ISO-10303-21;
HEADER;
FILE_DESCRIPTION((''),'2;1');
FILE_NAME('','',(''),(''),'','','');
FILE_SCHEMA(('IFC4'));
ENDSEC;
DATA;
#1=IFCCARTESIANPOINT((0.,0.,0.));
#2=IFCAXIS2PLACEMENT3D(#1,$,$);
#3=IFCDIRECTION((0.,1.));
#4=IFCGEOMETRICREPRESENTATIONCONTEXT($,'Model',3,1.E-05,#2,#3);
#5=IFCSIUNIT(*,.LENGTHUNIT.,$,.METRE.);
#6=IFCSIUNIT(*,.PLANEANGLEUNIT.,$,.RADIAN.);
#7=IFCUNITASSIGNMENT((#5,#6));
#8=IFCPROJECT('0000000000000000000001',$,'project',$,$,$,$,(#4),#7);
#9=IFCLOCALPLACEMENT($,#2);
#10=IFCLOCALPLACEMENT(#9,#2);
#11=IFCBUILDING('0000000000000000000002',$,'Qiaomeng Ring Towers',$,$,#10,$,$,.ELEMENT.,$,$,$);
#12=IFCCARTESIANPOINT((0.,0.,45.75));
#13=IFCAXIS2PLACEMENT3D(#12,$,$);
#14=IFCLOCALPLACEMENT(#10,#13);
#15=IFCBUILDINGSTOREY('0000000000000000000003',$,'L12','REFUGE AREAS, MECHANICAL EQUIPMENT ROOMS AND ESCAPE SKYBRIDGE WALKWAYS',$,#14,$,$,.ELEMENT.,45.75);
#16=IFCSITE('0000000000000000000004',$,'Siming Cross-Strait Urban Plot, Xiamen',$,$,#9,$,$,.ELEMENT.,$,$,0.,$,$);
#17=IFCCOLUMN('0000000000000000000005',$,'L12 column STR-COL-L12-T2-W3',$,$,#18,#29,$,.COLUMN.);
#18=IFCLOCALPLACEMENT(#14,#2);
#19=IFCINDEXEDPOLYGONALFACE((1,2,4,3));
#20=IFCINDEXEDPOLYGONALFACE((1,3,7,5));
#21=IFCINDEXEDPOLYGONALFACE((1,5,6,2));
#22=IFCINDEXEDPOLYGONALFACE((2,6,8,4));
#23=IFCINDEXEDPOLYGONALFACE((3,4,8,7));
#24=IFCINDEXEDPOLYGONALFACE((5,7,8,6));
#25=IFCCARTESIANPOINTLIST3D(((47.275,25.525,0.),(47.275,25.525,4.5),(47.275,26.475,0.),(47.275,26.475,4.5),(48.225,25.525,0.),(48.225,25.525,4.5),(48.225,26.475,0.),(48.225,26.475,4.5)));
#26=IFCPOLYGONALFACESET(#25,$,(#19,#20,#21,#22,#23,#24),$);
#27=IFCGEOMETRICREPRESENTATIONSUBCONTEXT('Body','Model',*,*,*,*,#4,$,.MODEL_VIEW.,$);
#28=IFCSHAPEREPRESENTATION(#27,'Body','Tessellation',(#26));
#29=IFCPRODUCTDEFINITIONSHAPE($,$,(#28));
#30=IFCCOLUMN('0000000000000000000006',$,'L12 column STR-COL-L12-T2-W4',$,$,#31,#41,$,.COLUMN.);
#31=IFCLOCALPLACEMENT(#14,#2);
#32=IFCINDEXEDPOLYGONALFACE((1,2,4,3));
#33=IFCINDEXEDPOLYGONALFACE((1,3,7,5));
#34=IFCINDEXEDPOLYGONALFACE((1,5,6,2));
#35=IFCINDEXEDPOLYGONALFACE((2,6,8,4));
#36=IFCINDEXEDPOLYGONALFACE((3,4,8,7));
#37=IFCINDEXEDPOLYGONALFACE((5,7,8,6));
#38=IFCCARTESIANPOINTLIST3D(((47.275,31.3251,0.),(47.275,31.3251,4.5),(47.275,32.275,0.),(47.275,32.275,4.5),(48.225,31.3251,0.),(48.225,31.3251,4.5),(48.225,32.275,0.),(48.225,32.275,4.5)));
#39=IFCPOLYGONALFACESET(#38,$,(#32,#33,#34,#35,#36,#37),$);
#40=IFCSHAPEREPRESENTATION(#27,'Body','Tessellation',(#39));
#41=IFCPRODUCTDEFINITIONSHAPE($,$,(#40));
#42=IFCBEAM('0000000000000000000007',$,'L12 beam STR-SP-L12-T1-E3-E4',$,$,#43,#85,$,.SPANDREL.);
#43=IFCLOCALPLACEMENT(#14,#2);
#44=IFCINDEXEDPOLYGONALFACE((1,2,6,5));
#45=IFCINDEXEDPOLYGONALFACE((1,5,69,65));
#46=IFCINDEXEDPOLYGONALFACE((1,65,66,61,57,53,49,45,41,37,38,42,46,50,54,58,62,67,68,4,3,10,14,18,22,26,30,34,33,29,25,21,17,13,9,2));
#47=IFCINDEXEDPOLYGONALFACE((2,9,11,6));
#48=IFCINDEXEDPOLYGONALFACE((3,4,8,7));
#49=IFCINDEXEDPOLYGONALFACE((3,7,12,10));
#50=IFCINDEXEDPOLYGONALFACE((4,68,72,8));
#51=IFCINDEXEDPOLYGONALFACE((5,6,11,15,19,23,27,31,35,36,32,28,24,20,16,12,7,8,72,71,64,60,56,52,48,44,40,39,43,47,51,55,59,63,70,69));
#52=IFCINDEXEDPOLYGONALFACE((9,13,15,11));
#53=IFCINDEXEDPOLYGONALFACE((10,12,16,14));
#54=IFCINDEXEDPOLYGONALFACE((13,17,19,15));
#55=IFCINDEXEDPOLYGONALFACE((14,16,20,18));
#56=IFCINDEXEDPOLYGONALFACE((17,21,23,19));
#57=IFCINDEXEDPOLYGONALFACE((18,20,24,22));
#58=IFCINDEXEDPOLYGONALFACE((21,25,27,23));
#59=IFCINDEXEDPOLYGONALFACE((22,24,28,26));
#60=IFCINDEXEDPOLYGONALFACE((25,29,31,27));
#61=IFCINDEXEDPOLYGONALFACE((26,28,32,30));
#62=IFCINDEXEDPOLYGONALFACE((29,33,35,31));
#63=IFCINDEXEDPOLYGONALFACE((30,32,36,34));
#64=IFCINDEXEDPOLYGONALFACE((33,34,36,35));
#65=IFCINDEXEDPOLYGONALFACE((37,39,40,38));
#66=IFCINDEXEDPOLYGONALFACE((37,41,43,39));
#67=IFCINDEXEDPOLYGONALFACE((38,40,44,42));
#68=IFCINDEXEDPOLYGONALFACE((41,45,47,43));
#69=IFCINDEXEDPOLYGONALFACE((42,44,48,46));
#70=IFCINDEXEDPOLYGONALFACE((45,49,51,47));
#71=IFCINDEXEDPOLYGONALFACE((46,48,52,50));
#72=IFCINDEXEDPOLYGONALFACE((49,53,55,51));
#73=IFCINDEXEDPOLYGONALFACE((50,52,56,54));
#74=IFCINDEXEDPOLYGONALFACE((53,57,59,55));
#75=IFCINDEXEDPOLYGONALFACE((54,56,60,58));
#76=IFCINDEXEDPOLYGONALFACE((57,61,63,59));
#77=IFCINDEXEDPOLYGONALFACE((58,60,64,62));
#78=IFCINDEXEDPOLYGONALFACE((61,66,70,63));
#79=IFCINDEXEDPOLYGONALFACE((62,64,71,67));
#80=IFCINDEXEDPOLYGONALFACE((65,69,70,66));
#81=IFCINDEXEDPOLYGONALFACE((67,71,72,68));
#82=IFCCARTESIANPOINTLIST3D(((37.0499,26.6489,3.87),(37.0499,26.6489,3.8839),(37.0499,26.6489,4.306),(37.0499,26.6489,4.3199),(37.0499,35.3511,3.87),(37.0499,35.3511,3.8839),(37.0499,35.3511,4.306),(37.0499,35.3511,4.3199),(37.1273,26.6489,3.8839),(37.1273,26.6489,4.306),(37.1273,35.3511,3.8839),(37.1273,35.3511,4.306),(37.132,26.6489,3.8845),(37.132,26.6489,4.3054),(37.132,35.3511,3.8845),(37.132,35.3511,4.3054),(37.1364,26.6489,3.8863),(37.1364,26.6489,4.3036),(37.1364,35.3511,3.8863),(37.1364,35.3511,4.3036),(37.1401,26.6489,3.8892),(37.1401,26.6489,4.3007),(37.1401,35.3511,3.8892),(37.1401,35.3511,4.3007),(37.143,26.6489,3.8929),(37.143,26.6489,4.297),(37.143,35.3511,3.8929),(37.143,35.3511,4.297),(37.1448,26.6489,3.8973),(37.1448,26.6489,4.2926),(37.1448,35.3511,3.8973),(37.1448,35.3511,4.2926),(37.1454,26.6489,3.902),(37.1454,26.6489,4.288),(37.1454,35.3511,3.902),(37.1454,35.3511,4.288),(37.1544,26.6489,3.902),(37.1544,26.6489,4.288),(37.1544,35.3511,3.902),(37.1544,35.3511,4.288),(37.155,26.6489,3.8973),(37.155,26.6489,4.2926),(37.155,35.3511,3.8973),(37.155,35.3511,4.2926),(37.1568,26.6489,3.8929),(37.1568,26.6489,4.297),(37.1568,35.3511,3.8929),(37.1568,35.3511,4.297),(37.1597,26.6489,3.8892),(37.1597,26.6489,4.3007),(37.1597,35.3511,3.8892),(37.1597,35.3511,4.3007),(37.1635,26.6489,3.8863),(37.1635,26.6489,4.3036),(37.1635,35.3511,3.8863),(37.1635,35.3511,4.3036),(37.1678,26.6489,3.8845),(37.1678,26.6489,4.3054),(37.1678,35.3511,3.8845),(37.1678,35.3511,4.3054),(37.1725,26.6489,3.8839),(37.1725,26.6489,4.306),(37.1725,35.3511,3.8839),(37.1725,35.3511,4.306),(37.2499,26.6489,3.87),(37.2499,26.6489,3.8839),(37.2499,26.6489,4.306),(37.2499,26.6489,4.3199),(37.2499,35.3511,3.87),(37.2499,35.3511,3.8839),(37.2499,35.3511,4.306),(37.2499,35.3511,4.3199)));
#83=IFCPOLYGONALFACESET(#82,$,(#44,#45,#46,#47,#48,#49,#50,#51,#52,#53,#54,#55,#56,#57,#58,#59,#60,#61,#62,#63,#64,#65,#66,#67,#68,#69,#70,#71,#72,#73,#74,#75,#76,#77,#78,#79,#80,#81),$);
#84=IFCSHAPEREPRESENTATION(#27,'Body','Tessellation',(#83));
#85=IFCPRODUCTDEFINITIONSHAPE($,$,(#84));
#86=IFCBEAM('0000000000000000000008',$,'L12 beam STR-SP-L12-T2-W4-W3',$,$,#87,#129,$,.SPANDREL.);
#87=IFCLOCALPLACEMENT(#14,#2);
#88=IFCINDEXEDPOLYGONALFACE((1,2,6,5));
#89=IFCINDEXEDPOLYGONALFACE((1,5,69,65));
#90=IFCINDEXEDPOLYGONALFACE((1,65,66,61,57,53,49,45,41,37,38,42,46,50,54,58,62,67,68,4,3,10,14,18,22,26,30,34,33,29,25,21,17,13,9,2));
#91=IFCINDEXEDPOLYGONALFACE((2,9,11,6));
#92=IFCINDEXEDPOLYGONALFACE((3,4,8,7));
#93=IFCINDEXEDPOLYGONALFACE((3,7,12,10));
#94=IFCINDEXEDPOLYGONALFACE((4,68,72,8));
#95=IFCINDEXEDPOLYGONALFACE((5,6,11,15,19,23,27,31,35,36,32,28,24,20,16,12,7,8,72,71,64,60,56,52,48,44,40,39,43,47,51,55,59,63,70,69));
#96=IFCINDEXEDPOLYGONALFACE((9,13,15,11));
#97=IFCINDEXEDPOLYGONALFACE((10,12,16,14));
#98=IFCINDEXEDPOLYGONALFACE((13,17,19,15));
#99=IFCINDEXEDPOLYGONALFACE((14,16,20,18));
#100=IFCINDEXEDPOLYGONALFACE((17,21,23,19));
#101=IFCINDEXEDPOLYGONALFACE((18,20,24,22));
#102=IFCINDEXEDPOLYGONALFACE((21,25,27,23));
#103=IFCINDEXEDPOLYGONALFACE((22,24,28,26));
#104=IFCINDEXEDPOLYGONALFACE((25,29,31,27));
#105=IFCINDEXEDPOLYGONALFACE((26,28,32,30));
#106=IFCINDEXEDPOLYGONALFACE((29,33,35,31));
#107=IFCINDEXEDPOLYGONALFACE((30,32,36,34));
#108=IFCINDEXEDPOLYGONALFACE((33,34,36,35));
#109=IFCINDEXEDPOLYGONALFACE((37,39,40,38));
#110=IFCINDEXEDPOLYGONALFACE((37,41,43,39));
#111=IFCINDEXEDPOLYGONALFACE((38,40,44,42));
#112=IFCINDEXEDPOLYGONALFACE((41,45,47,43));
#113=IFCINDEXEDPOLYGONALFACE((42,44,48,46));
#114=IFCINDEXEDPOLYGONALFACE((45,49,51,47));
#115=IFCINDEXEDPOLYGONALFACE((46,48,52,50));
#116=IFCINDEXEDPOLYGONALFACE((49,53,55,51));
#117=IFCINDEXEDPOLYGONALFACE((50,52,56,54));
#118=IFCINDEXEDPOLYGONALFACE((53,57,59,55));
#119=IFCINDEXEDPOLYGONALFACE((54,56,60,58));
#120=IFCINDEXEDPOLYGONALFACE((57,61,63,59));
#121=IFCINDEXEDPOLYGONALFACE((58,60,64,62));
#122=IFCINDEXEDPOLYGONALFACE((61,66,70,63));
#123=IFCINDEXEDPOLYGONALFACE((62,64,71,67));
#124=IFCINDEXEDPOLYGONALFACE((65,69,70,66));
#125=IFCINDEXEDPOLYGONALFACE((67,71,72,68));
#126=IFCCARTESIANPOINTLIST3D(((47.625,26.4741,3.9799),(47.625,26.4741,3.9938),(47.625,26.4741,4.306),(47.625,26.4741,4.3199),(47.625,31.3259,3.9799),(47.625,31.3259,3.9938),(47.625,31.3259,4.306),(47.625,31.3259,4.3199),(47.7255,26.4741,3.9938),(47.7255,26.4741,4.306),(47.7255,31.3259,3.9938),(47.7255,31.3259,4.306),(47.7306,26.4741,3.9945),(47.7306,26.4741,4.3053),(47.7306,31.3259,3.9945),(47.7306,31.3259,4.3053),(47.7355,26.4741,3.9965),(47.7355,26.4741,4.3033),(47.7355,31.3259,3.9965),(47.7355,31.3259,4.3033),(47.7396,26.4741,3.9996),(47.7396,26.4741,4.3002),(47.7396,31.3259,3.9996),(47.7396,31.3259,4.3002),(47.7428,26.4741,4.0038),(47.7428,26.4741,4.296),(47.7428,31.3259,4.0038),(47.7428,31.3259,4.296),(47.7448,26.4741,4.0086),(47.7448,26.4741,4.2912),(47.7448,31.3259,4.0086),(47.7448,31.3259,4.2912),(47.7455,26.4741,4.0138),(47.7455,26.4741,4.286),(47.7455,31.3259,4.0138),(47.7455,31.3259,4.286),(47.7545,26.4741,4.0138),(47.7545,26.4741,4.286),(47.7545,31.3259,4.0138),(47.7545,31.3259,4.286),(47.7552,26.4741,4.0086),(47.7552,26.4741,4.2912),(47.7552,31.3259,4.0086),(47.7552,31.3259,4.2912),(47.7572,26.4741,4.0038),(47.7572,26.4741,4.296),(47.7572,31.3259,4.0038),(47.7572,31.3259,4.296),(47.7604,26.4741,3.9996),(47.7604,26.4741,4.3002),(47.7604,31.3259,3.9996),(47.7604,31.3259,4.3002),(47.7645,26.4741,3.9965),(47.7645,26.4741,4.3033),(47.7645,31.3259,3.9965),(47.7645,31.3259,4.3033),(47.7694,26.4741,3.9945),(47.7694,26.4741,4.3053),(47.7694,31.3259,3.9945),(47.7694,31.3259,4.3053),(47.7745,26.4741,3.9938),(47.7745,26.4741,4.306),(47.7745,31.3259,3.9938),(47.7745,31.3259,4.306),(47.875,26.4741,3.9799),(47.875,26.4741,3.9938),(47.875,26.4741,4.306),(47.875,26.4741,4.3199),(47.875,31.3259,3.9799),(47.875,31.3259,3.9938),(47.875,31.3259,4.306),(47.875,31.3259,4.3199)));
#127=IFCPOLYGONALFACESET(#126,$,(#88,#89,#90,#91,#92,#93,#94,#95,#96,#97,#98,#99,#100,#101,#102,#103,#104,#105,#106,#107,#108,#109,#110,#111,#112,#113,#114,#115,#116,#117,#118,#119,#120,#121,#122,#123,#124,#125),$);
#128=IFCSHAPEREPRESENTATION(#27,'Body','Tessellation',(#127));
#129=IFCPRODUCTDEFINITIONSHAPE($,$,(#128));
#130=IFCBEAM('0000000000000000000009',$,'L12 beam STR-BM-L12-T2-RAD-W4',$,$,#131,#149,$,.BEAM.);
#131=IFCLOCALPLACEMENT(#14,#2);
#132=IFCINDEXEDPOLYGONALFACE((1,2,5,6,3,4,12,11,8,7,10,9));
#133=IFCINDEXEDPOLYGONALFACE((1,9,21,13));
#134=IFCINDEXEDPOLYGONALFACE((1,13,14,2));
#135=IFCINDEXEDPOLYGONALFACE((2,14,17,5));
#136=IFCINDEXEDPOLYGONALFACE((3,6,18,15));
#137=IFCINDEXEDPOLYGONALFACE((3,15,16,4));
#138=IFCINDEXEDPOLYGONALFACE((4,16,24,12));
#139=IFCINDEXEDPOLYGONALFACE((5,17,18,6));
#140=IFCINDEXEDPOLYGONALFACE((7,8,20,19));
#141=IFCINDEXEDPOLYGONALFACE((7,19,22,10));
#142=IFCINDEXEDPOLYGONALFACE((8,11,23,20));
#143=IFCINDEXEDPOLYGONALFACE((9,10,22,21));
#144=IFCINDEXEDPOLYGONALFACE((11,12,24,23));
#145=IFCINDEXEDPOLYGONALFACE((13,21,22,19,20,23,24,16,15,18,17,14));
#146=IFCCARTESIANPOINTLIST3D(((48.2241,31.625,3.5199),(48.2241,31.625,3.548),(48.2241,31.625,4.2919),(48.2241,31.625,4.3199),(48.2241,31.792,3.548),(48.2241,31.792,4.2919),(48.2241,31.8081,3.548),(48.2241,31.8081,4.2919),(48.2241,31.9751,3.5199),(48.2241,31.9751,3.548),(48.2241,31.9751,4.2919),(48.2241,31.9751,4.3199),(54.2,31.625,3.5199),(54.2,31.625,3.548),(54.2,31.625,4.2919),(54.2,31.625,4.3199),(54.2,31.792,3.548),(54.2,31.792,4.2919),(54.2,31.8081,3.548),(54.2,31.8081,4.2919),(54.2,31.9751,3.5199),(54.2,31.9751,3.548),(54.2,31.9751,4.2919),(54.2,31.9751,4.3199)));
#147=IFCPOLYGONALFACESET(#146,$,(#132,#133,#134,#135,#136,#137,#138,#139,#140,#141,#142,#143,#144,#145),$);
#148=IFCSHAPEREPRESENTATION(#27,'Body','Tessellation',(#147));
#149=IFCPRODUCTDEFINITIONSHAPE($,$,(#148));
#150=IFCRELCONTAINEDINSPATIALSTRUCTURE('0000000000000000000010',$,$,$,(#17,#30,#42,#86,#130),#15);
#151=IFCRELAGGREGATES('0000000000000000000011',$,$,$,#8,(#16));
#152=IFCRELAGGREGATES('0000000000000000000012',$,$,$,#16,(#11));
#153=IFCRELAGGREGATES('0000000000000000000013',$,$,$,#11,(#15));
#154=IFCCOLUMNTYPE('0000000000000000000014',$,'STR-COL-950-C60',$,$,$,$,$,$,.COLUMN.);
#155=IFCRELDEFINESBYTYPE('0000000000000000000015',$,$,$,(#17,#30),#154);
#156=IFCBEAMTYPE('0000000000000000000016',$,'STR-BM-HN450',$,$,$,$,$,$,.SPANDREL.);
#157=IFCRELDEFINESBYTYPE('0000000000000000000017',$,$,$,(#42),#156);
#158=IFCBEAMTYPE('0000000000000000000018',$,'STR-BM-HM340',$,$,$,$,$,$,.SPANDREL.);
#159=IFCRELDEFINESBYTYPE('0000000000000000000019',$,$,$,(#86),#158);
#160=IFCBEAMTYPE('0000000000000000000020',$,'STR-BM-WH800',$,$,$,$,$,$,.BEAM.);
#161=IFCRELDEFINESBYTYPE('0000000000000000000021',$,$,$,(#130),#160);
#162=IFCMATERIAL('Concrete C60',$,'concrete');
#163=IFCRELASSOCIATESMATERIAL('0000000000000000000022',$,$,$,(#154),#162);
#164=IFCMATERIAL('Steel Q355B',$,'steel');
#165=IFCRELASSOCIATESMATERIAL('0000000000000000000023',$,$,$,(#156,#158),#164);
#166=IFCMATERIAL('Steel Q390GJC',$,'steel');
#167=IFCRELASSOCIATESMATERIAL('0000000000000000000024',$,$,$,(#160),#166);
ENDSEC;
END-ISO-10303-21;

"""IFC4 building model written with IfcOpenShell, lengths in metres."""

from ifc_helpers import new_model, si_unit, direction, frame, origin, origin_2d, place, context, subcontext, project, spatial, rectangle, i_section, extrude, source, transform, mapped, material, material_profile, profile_set, type_object, element, save


model = new_model("IFC4")

# Units and contexts
model_context = context("Model", 3, precision=1e-05, world=origin(), true_north=direction((0.0, 1.0)))
body_context = subcontext(model_context, "Body", "Model", "MODEL_VIEW")
ifc_project = project(units=[si_unit("LENGTHUNIT", "METRE"), si_unit("PLANEANGLEUNIT", "RADIAN")], contexts=[model_context])

# Site, building, storey
site_placement = place(None, origin())
site = spatial("IfcSite", under=ifc_project, at=site_placement, Name="Siming Cross-Strait Urban Plot, Xiamen", CompositionType="ELEMENT", RefElevation=0.0)
building_placement = place(site_placement, origin())
building = spatial("IfcBuilding", under=site, at=building_placement, Name="Qiaomeng Ring Towers", CompositionType="ELEMENT")
storey_placement = place(building_placement, frame((0.0, 0.0, 45.75)))
storey = spatial("IfcBuildingStorey", under=building, at=storey_placement, Name="L12", Description="REFUGE AREAS, MECHANICAL EQUIPMENT ROOMS AND ESCAPE SKYBRIDGE WALKWAYS", CompositionType="ELEMENT", Elevation=45.75)

# Columns
ifc_material_1 = material(Name="Concrete C60", Category="concrete")
ifc_material_profile_1 = material_profile(ifc_material_1, rectangle(XDim=0.95, YDim=0.95, at=origin_2d()), Name="RC COL 950x950")
ifc_profile_set_1 = profile_set([ifc_material_profile_1], Name="Concrete C60")
column_type = type_object("IfcColumnType", Name="STR-COL-950-C60", PredefinedType="COLUMN", material=ifc_profile_set_1)
shared_shape_1 = source(origin(), body_context, "Body", "SweptSolid", [
    extrude(rectangle(XDim=0.95, YDim=0.95, at=origin_2d()), origin(), (0.0, 0.0, 1.0), 4.5),
])
for number, where, z_axis, x_axis, name in (
    (1, (47.75, 26.0, 0.0), (0.0, 0.0, 1.0), (1.0, 0.0, 0.0), "L12 column STR-COL-L12-T2-W3"),
    (2, (47.75, 31.8, 0.0), (0.0, 0.0, 1.0), (1.0, 0.0, 0.0), "L12 column STR-COL-L12-T2-W4"),
):
    element("IfcColumn", number, at=place(storey_placement, frame(where, z_axis=z_axis, x_axis=x_axis)), inside=storey, type_object=column_type, Name=name, PredefinedType="COLUMN", context=body_context, shape_type="MappedRepresentation", body=[
        mapped(shared_shape_1, transform((0.0, 0.0, 0.0), x_axis=(1.0, 0.0, 0.0), y_axis=(0.0, 1.0, 0.0), z_axis=(0.0, 0.0, 1.0), scale=1.0)),
    ])

# Beams
ifc_material_2 = material(Name="Steel Q355B", Category="steel")
ifc_material_profile_2 = material_profile(ifc_material_2, i_section(OverallWidth=0.2, OverallDepth=0.45, WebThickness=0.009, FlangeThickness=0.0139, FilletRadius=0.0181, at=origin_2d()), Name="HN 450x200x9x14")
ifc_profile_set_2 = profile_set([ifc_material_profile_2], Name="Steel Q355B")
beam_type_1 = type_object("IfcBeamType", Name="STR-BM-HN450", PredefinedType="SPANDREL", material=ifc_profile_set_2)
shared_shape_2 = source(origin(), body_context, "Body", "SweptSolid", [
    extrude(i_section(OverallWidth=0.2, OverallDepth=0.45, WebThickness=0.009, FlangeThickness=0.0139, FilletRadius=0.0181, at=origin_2d()), origin(), (0.0, 0.0, 1.0), 8.7021),
])
beam_1_placement = place(storey_placement, frame((37.1499, 26.6489, 4.095), z_axis=(0.0, 1.0, 0.0), x_axis=(-1.0, 0.0, 0.0)))
element("IfcBeam", 3, at=beam_1_placement, inside=storey, type_object=beam_type_1, Name="L12 beam STR-SP-L12-T1-E3-E4", PredefinedType="SPANDREL", context=body_context, shape_type="MappedRepresentation", body=[
    mapped(shared_shape_2, transform((0.0, 0.0, 0.0), x_axis=(1.0, 0.0, 0.0), y_axis=(0.0, 1.0, 0.0), z_axis=(0.0, 0.0, 1.0), scale=1.0)),
])
ifc_material_profile_3 = material_profile(ifc_material_2, i_section(OverallWidth=0.25, OverallDepth=0.3401, WebThickness=0.009, FlangeThickness=0.0139, FilletRadius=0.02, at=origin_2d()), Name="HM 340x250x9x14")
ifc_profile_set_3 = profile_set([ifc_material_profile_3], Name="Steel Q355B")
beam_type_2 = type_object("IfcBeamType", Name="STR-BM-HM340", PredefinedType="SPANDREL", material=ifc_profile_set_3)
shared_shape_3 = source(origin(), body_context, "Body", "SweptSolid", [
    extrude(i_section(OverallWidth=0.25, OverallDepth=0.3401, WebThickness=0.009, FlangeThickness=0.0139, FilletRadius=0.02, at=origin_2d()), origin(), (0.0, 0.0, 1.0), 4.8518),
])
beam_2_placement = place(storey_placement, frame((47.75, 31.3259, 4.1499), z_axis=(0.0, -1.0, 0.0), x_axis=(1.0, 0.0, 0.0)))
element("IfcBeam", 4, at=beam_2_placement, inside=storey, type_object=beam_type_2, Name="L12 beam STR-SP-L12-T2-W4-W3", PredefinedType="SPANDREL", context=body_context, shape_type="MappedRepresentation", body=[
    mapped(shared_shape_3, transform((0.0, 0.0, 0.0), x_axis=(1.0, 0.0, 0.0), y_axis=(0.0, 1.0, 0.0), z_axis=(0.0, 0.0, 1.0), scale=1.0)),
])
ifc_material_3 = material(Name="Steel Q390GJC", Category="steel")
ifc_material_profile_4 = material_profile(ifc_material_3, i_section(OverallWidth=0.3501, OverallDepth=0.8, WebThickness=0.0161, FlangeThickness=0.0281, at=origin_2d()), Name="WH 800x350x16x28")
ifc_profile_set_4 = profile_set([ifc_material_profile_4], Name="Steel Q390GJC")
beam_type_3 = type_object("IfcBeamType", Name="STR-BM-WH800", PredefinedType="BEAM", material=ifc_profile_set_4)
shared_shape_4 = source(origin(), body_context, "Body", "SweptSolid", [
    extrude(i_section(OverallWidth=0.3501, OverallDepth=0.8, WebThickness=0.0161, FlangeThickness=0.0281, at=origin_2d()), origin(), (0.0, 0.0, 1.0), 5.9758),
])
beam_3_placement = place(storey_placement, frame((48.2241, 31.8, 3.9199), z_axis=(1.0, 0.0, 0.0), x_axis=(0.0, 1.0, 0.0)))
element("IfcBeam", 5, at=beam_3_placement, inside=storey, type_object=beam_type_3, Name="L12 beam STR-BM-L12-T2-RAD-W4", PredefinedType="BEAM", context=body_context, shape_type="MappedRepresentation", body=[
    mapped(shared_shape_4, transform((0.0, 0.0, 0.0), x_axis=(1.0, 0.0, 0.0), y_axis=(0.0, 1.0, 0.0), z_axis=(0.0, 0.0, 1.0), scale=1.0)),
])

save(model, "model.ifc")
